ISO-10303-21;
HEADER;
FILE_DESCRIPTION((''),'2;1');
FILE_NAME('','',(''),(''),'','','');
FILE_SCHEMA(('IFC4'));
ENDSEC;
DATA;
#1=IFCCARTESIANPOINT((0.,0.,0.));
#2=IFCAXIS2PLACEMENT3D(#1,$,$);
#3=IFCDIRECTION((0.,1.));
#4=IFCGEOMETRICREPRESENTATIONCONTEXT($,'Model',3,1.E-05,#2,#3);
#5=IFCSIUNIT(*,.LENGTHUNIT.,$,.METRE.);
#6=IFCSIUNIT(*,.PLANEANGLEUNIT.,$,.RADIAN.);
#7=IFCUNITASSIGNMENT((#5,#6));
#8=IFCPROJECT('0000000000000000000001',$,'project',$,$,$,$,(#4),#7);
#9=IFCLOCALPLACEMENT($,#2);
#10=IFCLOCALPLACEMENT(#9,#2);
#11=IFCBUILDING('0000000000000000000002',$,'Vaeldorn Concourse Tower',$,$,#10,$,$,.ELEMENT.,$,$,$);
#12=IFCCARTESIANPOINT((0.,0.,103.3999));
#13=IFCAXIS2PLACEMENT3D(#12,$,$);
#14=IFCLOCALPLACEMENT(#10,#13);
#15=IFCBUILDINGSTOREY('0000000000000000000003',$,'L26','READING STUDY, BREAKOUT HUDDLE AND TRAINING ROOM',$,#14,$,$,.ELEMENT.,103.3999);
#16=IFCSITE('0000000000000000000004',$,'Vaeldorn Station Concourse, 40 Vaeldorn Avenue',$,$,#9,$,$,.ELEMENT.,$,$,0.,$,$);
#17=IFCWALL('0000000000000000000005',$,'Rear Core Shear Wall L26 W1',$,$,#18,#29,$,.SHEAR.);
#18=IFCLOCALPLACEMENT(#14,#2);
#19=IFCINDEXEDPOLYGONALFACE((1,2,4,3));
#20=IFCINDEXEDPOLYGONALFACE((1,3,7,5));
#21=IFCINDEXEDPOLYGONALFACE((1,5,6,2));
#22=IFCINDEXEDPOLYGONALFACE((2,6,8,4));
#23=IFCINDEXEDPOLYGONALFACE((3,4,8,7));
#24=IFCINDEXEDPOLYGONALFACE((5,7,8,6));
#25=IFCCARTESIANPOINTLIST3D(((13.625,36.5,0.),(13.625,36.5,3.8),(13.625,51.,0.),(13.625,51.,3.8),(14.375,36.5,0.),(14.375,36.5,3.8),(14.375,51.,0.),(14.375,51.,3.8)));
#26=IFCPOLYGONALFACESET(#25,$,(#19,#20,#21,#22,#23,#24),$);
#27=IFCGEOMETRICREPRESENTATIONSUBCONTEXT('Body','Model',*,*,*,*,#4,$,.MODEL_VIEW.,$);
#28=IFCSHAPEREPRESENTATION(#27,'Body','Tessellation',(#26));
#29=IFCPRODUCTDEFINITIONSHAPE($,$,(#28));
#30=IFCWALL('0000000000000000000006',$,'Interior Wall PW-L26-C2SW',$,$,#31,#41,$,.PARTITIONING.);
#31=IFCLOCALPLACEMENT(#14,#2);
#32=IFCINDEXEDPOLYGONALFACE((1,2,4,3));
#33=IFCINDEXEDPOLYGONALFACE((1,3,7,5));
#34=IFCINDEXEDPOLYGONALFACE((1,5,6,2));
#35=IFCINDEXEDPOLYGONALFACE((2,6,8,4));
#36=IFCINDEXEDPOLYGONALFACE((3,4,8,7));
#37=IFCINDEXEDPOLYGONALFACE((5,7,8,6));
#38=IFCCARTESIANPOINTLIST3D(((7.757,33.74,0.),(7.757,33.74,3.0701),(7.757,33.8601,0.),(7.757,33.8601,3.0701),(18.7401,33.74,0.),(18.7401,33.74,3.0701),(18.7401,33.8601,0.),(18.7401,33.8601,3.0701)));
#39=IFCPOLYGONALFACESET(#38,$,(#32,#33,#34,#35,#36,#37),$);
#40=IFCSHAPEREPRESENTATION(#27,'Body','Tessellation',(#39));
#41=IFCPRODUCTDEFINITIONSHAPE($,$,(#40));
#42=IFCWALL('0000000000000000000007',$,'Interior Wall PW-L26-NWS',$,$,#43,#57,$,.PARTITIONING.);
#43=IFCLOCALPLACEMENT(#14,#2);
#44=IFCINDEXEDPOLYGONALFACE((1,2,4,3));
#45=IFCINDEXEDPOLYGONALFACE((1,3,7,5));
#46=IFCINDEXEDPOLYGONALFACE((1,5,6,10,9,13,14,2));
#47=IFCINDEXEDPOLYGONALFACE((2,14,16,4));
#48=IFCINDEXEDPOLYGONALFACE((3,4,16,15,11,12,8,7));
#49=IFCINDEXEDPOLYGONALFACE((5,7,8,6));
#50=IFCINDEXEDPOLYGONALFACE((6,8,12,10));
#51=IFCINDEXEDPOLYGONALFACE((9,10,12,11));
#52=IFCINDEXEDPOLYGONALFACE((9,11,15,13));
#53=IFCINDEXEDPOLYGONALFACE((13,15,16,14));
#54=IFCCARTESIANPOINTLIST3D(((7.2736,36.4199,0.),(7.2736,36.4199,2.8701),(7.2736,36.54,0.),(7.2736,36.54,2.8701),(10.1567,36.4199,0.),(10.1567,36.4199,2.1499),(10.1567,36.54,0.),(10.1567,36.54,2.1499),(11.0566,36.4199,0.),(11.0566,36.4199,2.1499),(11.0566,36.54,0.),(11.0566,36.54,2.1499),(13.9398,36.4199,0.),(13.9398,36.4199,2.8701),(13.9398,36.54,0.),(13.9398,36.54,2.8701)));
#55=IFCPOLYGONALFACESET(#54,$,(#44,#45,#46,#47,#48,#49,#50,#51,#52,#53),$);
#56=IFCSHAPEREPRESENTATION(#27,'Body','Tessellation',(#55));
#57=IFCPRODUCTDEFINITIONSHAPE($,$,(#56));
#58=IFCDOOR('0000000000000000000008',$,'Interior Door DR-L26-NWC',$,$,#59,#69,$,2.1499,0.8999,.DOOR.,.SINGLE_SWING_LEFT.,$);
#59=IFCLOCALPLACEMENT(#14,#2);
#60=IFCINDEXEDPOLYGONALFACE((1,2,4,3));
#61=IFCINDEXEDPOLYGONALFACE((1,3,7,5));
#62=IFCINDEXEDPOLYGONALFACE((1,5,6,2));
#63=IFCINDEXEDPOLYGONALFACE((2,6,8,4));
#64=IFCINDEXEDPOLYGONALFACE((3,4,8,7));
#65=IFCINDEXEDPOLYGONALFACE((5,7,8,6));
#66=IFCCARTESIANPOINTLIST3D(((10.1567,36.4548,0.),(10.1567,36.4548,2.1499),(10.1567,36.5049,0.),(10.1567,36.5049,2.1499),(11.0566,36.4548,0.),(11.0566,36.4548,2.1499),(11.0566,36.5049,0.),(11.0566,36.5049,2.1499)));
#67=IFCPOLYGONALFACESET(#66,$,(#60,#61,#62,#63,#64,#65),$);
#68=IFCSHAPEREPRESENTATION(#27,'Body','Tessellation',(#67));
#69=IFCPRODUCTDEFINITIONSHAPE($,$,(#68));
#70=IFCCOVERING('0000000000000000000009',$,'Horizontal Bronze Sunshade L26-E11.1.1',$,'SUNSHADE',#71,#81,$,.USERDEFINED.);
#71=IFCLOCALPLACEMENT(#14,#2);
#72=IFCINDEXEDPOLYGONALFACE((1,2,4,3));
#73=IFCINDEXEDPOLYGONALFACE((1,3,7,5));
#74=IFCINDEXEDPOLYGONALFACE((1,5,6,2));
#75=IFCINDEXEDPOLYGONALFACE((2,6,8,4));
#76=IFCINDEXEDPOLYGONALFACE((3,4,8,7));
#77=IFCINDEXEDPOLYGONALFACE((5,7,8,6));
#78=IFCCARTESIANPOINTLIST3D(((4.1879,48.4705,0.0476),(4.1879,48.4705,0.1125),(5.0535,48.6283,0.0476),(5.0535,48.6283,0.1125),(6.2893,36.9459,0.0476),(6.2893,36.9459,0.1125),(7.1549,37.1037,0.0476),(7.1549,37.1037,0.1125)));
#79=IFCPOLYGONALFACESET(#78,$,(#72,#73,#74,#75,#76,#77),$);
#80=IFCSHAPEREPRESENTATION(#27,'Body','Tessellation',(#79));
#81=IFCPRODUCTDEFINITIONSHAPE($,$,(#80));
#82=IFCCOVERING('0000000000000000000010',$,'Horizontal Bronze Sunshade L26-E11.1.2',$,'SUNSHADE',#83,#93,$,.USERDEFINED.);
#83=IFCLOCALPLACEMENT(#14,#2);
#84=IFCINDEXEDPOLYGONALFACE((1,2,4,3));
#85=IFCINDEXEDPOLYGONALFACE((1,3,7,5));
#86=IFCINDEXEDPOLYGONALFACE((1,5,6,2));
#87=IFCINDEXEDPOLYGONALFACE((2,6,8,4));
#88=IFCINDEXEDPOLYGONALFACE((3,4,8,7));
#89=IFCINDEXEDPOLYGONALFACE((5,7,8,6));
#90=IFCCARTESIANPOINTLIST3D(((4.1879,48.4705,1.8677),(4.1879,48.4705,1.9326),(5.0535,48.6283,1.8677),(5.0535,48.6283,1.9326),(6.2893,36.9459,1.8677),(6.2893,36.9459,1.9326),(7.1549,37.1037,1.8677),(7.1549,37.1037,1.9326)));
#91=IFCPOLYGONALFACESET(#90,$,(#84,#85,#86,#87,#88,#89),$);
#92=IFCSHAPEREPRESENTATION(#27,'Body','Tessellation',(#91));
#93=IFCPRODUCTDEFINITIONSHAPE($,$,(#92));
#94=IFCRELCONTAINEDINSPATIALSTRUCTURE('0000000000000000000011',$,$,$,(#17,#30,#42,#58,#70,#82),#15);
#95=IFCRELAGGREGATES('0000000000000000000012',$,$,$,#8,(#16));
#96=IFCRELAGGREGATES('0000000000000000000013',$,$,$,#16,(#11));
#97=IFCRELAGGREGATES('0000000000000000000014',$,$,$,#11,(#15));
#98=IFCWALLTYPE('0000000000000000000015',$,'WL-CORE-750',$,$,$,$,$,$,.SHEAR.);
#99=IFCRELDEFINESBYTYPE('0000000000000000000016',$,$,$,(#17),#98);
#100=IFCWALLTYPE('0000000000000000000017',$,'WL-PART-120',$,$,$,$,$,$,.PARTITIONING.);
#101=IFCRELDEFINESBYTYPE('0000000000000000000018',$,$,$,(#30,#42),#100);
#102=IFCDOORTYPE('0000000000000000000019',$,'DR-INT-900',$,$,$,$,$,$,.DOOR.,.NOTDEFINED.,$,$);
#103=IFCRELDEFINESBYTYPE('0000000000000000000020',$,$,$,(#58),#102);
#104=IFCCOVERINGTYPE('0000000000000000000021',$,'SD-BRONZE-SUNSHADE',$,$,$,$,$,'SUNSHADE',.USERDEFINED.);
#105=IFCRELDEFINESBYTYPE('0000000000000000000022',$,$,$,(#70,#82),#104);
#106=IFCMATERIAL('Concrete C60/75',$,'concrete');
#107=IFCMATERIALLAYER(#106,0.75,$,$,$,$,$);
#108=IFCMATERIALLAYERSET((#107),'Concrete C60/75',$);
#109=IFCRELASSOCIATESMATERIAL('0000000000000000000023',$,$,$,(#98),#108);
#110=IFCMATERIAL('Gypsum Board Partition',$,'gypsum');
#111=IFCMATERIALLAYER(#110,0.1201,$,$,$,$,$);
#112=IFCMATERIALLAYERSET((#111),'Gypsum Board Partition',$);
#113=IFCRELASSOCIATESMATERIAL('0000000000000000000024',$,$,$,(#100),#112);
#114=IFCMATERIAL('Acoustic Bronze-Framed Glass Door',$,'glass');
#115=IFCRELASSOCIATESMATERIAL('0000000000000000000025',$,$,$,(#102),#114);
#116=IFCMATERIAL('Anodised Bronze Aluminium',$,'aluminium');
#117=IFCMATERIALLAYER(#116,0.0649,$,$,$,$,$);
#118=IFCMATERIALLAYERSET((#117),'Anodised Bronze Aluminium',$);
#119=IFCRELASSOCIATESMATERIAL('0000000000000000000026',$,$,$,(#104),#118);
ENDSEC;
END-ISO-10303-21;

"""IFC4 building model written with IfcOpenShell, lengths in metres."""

from ifc_helpers import new_model, si_unit, direction, frame, frame_2d, origin, origin_2d, place, context, subcontext, project, spatial, rectangle, extrude, source, transform, mapped, material, layer, layer_set, type_object, element, fill, save


model = new_model("IFC4")

# Units and contexts
model_context = context("Model", 3, precision=1e-05, world=origin(), true_north=direction((0.0, 1.0)))
body_context = subcontext(model_context, "Body", "Model", "MODEL_VIEW")
ifc_project = project(units=[si_unit("LENGTHUNIT", "METRE"), si_unit("PLANEANGLEUNIT", "RADIAN")], contexts=[model_context])

# Site, building, storey
site_placement = place(None, origin())
site = spatial("IfcSite", under=ifc_project, at=site_placement, Name="Vaeldorn Station Concourse, 40 Vaeldorn Avenue", CompositionType="ELEMENT", RefElevation=0.0)
building_placement = place(site_placement, origin())
building = spatial("IfcBuilding", under=site, at=building_placement, Name="Vaeldorn Concourse Tower", CompositionType="ELEMENT")
storey_placement = place(building_placement, frame((0.0, 0.0, 103.3999)))
storey = spatial("IfcBuildingStorey", under=building, at=storey_placement, Name="L26", Description="READING STUDY, BREAKOUT HUDDLE AND TRAINING ROOM", CompositionType="ELEMENT", Elevation=103.3999)

# Shared definitions
ifc_material_1 = material(Name="Concrete C60/75", Category="concrete")

# Shared definitions
ifc_material_2 = material(Name="Anodised Bronze Aluminium", Category="aluminium")

# Walls
ifc_layer_1 = layer(ifc_material_1, 0.75)
ifc_layer_set_1 = layer_set([ifc_layer_1], Name="Concrete C60/75")
wall_type_1 = type_object("IfcWallType", Name="WL-CORE-750", PredefinedType="SHEAR", material=ifc_layer_set_1)
wall_1_placement = place(storey_placement, frame((14.0, 36.5, 0.0), z_axis=(0.0, 0.0, 1.0), x_axis=(0.0, 1.0, 0.0)))
element("IfcWall", 1, at=wall_1_placement, inside=storey, type_object=wall_type_1, Name="Rear Core Shear Wall L26 W1", PredefinedType="SHEAR", context=body_context, shape_type="SweptSolid", body=[
    extrude(rectangle(XDim=14.5, YDim=0.75, at=frame_2d((7.25, 0.0))), origin(), (0.0, 0.0, 1.0), 3.8),
])
ifc_material_3 = material(Name="Gypsum Board Partition", Category="gypsum")
ifc_layer_2 = layer(ifc_material_3, 0.1201)
ifc_layer_set_2 = layer_set([ifc_layer_2], Name="Gypsum Board Partition")
wall_type_2 = type_object("IfcWallType", Name="WL-PART-120", PredefinedType="PARTITIONING", material=ifc_layer_set_2)
wall_2_placement = place(storey_placement, frame((7.7568, 33.8, 0.0), z_axis=(0.0, 0.0, 1.0), x_axis=(1.0, 0.0, 0.0)))
element("IfcWall", 2, at=wall_2_placement, inside=storey, type_object=wall_type_2, Name="Interior Wall PW-L26-C2SW", PredefinedType="PARTITIONING", context=body_context, shape_type="SweptSolid", body=[
    extrude(rectangle(XDim=10.9832, YDim=0.1201, at=frame_2d((5.4917, 0.0))), origin(), (0.0, 0.0, 1.0), 3.0701),
])

# Wall, opening, door
wall_3_placement = place(storey_placement, frame((7.2737, 36.48, 0.0), z_axis=(0.0, 0.0, 1.0), x_axis=(1.0, 0.0, 0.0)))
wall_3 = element("IfcWall", 3, at=wall_3_placement, inside=storey, type_object=wall_type_2, Name="Interior Wall PW-L26-NWS", PredefinedType="PARTITIONING", context=body_context, shape_type="SweptSolid", body=[
    extrude(rectangle(XDim=6.6663, YDim=0.1201, at=frame_2d((3.333, 0.0))), origin(), (0.0, 0.0, 1.0), 2.8701),
])
opening_1_placement = place(wall_3_placement, frame((2.8831, 0.0, 0.0)))
opening_1 = element("IfcOpeningElement", 4, at=opening_1_placement, cuts=wall_3, PredefinedType="OPENING", context=body_context, shape_type="SweptSolid", body=[
    extrude(rectangle(XDim=0.8999, YDim=2.1499, at=frame_2d((0.45, 1.075))), frame((0.0, 0.0701, 0.0), z_axis=(0.0, -1.0, 0.0), x_axis=(1.0, 0.0, 0.0)), (0.0, 0.0, 1.0), 0.1401),
])
ifc_material_4 = material(Name="Acoustic Bronze-Framed Glass Door", Category="glass")
door_type_1 = type_object("IfcDoorType", Name="DR-INT-900", OperationType="NOTDEFINED", PredefinedType="DOOR", material=ifc_material_4)
shared_shape_1 = source(origin(), body_context, "Body", "SweptSolid", [
    extrude(rectangle(XDim=0.8999, YDim=2.1499, at=frame_2d((0.45, 1.075))), frame((0.0, 0.0249, 0.0), z_axis=(0.0, -1.0, 0.0), x_axis=(1.0, 0.0, 0.0)), (0.0, 0.0, 1.0), 0.05),
])
door_1_placement = place(opening_1_placement, origin())
door_1 = element("IfcDoor", 5, at=door_1_placement, inside=storey, type_object=door_type_1, Name="Interior Door DR-L26-NWC", OperationType="SINGLE_SWING_LEFT", OverallHeight=2.1499, OverallWidth=0.8999, PredefinedType="DOOR", context=body_context, shape_type="MappedRepresentation", body=[
    mapped(shared_shape_1, transform((0.0, 0.0, 0.0), scale=1.0)),
])
fill(opening_1, door_1)

# Coverings
ifc_layer_3 = layer(ifc_material_2, 0.0649)
ifc_layer_set_3 = layer_set([ifc_layer_3], Name="Anodised Bronze Aluminium")
covering_type = type_object("IfcCoveringType", Name="SD-BRONZE-SUNSHADE", ElementType="SUNSHADE", PredefinedType="USERDEFINED", material=ifc_layer_set_3)
shared_shape_2 = source(origin(), body_context, "Body", "SweptSolid", [
    extrude(rectangle(XDim=11.7146, YDim=0.8799, at=origin_2d()), origin(), (0.0, 0.0, 1.0), 0.0649),
])
for number, where, z_axis, x_axis, name in (
    (6, (5.6714, 42.7871, 0.0476), (0.0, 0.0, 1.0), (0.179386, -0.983779, 0.0), "Horizontal Bronze Sunshade L26-E11.1.1"),
    (7, (5.6714, 42.7871, 1.8677), (0.0, 0.0, 1.0), (0.179386, -0.983779, 0.0), "Horizontal Bronze Sunshade L26-E11.1.2"),
):
    element("IfcCovering", number, at=place(storey_placement, frame(where, z_axis=z_axis, x_axis=x_axis)), inside=storey, type_object=covering_type, Name=name, ObjectType="SUNSHADE", PredefinedType="USERDEFINED", context=body_context, shape_type="MappedRepresentation", body=[
        mapped(shared_shape_2, transform((0.0, 0.0, 0.0), scale=1.0)),
    ])

save(model, "model.ifc")
